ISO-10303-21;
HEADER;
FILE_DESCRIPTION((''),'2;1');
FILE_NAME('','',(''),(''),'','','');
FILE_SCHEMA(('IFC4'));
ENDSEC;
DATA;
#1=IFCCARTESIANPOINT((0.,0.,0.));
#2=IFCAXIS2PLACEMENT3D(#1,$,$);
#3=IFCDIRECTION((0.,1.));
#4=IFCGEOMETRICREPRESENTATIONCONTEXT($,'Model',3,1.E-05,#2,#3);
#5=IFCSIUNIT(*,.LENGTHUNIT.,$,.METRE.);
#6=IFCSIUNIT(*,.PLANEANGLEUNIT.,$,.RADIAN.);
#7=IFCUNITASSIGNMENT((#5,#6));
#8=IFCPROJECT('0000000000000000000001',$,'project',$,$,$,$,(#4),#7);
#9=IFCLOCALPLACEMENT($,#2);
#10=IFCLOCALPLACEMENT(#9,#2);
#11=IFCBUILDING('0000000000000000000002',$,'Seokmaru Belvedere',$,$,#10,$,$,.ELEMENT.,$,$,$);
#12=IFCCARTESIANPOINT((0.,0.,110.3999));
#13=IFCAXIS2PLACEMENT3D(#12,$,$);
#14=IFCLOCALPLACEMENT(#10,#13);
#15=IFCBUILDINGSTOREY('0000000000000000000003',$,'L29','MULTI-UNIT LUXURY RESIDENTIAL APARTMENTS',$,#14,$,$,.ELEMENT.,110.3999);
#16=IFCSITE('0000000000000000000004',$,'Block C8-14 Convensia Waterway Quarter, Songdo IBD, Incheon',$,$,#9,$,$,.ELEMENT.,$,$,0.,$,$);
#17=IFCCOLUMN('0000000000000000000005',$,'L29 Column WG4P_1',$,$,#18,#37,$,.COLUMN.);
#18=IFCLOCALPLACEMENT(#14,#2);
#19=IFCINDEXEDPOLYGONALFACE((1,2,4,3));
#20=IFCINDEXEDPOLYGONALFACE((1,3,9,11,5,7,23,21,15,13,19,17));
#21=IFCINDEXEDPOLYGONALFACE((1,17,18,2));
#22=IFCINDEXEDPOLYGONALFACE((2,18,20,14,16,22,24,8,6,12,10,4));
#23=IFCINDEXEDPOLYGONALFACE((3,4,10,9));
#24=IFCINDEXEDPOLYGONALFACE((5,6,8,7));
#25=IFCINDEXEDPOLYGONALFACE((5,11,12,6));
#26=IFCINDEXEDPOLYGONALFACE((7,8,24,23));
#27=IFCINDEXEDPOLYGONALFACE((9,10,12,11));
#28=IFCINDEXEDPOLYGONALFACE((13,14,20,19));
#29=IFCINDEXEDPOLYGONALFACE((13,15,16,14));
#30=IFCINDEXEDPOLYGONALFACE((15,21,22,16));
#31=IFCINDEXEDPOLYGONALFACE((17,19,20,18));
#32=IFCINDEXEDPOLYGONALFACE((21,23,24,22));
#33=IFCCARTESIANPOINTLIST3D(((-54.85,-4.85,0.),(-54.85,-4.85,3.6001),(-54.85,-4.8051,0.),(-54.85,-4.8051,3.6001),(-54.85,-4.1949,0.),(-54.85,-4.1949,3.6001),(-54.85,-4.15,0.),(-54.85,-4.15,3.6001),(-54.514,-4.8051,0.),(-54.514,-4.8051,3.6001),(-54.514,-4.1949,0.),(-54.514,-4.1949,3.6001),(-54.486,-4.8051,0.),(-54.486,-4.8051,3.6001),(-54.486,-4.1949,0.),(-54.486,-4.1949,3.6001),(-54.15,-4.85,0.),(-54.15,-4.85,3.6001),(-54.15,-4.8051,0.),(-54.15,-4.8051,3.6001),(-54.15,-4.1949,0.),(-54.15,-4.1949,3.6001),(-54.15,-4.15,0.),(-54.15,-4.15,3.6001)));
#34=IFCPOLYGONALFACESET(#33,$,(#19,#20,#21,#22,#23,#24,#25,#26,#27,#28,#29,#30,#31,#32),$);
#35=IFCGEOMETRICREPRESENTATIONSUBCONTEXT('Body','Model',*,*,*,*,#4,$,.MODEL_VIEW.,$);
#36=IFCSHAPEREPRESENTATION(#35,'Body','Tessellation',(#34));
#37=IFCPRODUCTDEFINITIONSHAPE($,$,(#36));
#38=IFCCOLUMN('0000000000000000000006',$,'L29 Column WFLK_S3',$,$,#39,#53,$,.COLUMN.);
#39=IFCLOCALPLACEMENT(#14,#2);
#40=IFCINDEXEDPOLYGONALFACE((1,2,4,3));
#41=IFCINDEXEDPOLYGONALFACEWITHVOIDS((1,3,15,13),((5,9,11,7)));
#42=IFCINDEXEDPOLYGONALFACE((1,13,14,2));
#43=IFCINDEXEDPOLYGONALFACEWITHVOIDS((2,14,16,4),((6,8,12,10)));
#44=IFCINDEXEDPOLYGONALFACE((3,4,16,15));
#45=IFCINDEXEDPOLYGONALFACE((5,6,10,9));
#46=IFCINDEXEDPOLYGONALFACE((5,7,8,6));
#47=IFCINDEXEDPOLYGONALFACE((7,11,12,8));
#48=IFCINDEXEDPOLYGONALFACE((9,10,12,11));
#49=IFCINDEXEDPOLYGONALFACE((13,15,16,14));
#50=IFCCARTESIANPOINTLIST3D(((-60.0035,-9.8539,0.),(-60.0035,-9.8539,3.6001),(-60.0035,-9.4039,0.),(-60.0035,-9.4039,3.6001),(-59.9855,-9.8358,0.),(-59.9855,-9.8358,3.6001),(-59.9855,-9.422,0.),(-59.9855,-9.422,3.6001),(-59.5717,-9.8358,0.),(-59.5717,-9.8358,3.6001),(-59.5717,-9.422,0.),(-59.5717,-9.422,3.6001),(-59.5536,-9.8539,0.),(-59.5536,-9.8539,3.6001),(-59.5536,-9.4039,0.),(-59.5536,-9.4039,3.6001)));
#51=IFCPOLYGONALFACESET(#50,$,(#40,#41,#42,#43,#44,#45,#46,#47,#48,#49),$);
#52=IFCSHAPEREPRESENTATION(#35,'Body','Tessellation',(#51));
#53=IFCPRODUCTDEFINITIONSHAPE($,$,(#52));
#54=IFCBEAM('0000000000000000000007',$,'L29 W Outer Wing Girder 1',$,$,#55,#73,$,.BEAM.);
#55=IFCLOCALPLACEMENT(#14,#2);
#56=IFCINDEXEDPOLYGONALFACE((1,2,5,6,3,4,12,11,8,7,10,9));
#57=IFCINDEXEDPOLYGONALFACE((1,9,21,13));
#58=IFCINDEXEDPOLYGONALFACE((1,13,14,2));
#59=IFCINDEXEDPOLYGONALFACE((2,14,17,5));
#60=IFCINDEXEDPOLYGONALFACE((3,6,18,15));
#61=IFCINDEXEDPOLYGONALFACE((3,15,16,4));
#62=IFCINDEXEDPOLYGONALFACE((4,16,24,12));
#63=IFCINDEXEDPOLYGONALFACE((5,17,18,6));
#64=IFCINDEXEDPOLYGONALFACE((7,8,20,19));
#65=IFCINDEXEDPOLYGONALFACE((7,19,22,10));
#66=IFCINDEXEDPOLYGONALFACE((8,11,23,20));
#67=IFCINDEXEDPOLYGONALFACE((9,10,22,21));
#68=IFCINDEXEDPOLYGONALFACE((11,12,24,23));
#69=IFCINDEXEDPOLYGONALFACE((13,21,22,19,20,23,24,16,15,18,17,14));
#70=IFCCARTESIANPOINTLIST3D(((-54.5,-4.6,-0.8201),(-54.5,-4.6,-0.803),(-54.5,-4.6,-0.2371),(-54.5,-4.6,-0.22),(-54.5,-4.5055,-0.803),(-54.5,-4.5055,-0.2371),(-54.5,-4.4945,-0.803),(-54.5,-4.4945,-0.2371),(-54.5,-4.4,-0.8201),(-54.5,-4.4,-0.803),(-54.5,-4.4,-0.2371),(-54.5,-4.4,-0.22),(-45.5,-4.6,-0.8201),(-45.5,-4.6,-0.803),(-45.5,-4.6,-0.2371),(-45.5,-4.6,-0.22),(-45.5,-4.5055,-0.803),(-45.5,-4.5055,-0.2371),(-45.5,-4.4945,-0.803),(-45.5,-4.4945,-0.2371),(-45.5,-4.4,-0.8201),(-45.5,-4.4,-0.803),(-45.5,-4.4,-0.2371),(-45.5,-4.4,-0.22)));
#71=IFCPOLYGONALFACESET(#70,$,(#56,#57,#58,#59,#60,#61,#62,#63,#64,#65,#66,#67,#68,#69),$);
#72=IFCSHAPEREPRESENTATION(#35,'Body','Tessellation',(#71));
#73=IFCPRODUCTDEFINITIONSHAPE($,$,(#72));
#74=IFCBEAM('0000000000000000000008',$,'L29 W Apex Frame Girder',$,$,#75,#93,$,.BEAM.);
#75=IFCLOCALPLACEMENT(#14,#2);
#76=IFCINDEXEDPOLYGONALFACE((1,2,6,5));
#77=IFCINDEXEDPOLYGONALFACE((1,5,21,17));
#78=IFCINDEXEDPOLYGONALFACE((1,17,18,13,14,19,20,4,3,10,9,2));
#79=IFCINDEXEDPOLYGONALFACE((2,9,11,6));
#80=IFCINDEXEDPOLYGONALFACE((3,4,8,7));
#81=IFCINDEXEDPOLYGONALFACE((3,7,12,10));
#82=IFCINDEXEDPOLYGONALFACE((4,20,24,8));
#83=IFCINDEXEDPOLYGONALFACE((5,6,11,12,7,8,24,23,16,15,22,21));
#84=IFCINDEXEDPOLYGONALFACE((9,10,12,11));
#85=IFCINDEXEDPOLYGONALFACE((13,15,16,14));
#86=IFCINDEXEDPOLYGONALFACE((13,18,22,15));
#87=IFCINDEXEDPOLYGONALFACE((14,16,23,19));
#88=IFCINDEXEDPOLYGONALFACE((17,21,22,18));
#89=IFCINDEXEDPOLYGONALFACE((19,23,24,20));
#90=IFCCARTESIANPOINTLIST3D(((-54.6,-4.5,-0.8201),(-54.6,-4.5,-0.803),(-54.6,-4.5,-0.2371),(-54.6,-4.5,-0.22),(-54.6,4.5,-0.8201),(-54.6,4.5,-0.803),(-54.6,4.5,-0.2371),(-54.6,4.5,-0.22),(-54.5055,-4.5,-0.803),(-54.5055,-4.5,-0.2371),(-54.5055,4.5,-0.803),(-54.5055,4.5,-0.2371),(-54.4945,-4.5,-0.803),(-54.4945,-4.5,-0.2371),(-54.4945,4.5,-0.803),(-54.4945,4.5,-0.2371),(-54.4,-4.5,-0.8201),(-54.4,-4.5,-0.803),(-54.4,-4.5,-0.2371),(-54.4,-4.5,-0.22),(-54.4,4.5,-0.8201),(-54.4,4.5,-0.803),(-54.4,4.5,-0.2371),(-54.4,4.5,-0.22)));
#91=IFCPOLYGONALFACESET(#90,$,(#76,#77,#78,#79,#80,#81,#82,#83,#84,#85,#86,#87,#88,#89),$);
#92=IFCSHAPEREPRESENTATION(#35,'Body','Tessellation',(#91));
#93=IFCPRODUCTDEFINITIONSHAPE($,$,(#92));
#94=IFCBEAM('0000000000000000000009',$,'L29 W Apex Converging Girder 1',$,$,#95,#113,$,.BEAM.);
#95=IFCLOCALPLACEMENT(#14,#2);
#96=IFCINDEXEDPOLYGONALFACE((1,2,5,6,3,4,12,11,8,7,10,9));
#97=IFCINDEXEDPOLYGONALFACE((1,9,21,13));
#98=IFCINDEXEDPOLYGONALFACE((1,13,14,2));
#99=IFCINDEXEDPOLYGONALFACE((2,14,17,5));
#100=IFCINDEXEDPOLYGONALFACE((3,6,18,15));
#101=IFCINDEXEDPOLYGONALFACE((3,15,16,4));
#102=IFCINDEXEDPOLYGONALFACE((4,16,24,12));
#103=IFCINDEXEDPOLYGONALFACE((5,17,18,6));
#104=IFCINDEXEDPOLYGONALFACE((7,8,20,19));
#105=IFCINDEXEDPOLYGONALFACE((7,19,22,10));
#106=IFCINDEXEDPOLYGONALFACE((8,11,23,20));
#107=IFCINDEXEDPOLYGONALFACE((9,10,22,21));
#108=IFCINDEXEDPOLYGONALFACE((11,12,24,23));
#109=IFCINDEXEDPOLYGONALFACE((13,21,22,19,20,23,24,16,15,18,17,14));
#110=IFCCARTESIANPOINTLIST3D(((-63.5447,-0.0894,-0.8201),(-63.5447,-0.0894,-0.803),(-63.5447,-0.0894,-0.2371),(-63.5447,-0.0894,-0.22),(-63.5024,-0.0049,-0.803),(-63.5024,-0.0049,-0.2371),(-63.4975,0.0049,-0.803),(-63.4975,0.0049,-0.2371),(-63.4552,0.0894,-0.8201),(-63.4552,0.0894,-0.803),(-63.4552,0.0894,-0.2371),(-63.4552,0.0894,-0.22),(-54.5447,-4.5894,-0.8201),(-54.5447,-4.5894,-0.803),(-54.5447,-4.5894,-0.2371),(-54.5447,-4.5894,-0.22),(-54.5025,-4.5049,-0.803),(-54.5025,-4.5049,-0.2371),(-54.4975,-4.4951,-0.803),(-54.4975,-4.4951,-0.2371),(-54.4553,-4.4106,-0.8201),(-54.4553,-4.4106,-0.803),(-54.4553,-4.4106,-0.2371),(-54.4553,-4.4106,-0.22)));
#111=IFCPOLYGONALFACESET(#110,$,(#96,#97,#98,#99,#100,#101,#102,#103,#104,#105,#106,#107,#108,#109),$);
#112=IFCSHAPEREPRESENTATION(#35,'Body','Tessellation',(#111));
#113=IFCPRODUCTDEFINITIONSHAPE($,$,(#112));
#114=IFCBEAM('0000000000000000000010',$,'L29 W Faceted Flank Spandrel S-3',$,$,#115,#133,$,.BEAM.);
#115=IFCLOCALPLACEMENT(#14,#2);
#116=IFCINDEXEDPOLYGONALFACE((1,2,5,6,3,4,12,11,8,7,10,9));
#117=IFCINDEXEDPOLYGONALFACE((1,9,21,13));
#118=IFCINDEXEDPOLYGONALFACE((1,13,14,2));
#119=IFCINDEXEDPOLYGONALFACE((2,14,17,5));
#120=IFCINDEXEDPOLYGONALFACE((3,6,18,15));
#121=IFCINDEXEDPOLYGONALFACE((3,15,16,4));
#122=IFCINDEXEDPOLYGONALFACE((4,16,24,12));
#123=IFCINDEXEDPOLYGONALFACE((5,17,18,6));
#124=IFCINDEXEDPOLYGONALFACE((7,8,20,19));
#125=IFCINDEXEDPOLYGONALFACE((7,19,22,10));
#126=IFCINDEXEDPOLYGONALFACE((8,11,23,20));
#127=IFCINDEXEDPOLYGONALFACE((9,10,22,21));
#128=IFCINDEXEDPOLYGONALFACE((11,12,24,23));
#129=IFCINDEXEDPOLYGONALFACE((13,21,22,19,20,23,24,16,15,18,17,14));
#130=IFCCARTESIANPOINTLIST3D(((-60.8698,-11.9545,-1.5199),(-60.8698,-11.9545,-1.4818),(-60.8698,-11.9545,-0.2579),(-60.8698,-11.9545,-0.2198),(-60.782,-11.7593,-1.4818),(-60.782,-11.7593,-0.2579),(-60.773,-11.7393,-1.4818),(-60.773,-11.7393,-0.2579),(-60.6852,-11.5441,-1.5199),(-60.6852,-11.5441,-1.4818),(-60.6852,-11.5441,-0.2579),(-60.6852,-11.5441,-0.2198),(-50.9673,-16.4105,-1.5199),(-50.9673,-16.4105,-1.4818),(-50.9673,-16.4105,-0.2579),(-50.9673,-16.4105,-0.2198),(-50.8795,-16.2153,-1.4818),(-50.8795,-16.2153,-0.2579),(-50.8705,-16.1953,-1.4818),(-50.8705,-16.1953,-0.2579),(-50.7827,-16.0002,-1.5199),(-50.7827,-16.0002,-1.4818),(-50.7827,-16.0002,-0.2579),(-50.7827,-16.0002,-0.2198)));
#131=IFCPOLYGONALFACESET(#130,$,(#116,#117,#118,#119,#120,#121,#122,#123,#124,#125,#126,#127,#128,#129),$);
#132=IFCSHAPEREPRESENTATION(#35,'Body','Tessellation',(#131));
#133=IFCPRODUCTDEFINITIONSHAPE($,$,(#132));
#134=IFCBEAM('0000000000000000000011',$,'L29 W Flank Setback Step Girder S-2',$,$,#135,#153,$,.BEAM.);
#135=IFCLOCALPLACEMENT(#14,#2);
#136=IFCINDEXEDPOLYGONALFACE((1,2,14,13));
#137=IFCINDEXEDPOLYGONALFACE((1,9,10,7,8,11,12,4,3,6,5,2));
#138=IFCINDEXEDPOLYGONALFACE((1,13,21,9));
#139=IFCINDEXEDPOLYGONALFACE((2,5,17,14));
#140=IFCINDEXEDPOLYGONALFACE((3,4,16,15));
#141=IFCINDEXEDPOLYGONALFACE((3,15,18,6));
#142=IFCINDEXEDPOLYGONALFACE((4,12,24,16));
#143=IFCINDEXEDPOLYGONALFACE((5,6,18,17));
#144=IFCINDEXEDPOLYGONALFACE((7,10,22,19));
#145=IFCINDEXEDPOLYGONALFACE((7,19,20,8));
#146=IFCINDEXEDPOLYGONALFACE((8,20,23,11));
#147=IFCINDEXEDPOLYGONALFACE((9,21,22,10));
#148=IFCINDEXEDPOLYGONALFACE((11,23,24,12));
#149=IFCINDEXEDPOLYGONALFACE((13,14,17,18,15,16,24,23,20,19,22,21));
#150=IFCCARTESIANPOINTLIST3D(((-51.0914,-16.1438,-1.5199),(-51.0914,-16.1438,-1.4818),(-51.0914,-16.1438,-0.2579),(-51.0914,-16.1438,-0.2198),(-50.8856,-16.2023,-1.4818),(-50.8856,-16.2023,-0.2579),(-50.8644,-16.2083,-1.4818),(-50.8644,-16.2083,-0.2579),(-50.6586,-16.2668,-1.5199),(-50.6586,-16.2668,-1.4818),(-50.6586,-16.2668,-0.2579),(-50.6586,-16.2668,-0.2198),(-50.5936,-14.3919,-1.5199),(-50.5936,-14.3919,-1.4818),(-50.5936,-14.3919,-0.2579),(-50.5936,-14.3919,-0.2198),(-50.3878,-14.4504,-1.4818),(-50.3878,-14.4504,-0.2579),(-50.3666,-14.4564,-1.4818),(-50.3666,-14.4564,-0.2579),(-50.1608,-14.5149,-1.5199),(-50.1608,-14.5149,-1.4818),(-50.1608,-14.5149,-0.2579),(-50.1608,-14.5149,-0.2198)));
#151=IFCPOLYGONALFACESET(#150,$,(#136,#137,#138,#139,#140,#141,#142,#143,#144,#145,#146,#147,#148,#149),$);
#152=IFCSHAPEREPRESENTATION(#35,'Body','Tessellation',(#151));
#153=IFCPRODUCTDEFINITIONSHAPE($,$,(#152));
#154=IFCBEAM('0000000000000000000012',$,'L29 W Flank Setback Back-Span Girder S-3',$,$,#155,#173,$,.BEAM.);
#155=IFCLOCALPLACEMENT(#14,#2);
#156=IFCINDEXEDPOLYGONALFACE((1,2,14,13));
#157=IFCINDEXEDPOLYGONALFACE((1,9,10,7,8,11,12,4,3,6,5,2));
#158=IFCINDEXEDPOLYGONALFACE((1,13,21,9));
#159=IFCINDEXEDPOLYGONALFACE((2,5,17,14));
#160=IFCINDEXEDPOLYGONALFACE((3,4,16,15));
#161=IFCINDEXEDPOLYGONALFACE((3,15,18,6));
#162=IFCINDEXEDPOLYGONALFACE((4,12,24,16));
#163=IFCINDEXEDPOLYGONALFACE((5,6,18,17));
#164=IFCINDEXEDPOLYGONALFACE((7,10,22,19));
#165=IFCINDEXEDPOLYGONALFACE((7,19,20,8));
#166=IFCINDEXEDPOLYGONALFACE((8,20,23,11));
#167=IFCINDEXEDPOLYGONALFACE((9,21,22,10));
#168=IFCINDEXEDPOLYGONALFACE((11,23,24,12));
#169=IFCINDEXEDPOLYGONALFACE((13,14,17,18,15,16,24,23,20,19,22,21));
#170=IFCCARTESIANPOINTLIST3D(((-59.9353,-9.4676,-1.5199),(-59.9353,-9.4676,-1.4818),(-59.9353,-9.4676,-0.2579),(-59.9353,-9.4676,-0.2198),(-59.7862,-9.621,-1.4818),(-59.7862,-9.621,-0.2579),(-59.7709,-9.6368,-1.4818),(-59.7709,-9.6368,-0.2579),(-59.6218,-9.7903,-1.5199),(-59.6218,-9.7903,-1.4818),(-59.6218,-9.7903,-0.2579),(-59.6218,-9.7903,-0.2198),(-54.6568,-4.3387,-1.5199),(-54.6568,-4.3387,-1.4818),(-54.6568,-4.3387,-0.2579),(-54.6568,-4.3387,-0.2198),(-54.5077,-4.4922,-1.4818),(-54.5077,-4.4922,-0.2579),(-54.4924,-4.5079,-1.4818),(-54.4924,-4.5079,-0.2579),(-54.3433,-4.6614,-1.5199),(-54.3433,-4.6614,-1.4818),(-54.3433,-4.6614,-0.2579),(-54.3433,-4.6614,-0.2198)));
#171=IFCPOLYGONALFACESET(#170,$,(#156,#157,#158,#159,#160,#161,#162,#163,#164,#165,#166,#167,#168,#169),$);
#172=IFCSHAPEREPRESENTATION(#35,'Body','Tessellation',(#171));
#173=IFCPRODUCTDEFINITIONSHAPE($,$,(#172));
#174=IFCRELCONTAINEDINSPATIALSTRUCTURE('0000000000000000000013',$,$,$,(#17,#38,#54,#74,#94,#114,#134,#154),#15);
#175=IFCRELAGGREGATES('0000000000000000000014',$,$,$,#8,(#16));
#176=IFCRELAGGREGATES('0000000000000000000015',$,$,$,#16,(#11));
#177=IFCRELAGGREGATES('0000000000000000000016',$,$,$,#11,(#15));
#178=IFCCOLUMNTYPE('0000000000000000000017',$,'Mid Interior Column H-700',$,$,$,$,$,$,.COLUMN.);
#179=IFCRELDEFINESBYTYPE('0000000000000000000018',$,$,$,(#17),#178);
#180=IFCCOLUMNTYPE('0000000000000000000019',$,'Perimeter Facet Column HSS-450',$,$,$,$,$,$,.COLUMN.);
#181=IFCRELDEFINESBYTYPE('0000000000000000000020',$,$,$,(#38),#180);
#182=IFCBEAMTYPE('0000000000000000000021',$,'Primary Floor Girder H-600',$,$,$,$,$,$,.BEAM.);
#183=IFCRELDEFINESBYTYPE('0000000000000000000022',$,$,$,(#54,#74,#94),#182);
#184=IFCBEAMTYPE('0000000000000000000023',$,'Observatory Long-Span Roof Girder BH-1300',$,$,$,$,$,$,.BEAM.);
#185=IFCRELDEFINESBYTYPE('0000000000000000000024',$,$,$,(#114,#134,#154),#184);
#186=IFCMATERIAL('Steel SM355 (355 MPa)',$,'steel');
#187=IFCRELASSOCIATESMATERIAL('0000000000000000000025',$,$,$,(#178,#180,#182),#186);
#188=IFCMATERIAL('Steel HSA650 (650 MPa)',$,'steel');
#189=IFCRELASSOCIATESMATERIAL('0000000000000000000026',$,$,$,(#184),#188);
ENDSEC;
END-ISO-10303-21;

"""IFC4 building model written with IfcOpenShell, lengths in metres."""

from ifc_helpers import new_model, si_unit, direction, frame, origin, origin_2d, place, context, subcontext, project, spatial, hollow_rectangle, i_section, extrude, source, transform, mapped, material, material_profile, profile_set, type_object, type_shapes, element, save


model = new_model("IFC4")

# Units and contexts
model_context = context("Model", 3, precision=1e-05, world=origin(), true_north=direction((0.0, 1.0)))
body_context = subcontext(model_context, "Body", "Model", "MODEL_VIEW")
ifc_project = project(units=[si_unit("LENGTHUNIT", "METRE"), si_unit("PLANEANGLEUNIT", "RADIAN")], contexts=[model_context])

# Site, building, storey
site_placement = place(None, origin())
site = spatial("IfcSite", under=ifc_project, at=site_placement, Name="Block C8-14 Convensia Waterway Quarter, Songdo IBD, Incheon", CompositionType="ELEMENT", RefElevation=0.0)
building_placement = place(site_placement, origin())
building = spatial("IfcBuilding", under=site, at=building_placement, Name="Seokmaru Belvedere", CompositionType="ELEMENT")
storey_placement = place(building_placement, frame((0.0, 0.0, 110.3999)))
storey = spatial("IfcBuildingStorey", under=building, at=storey_placement, Name="L29", Description="MULTI-UNIT LUXURY RESIDENTIAL APARTMENTS", CompositionType="ELEMENT", Elevation=110.3999)

# Columns
ifc_material_1 = material(Name="Steel SM355 (355 MPa)", Category="steel")
ifc_material_profile_1 = material_profile(ifc_material_1, i_section(OverallWidth=0.7, OverallDepth=0.7, WebThickness=0.0281, FlangeThickness=0.0449, at=origin_2d()), Name="H-700x700x28x45")
ifc_profile_set_1 = profile_set([ifc_material_profile_1], Name="Steel SM355 (355 MPa)")
column_type_1 = type_object("IfcColumnType", Name="Mid Interior Column H-700", PredefinedType="COLUMN", material=ifc_profile_set_1)
shared_shape_1 = source(origin(), body_context, "Body", "SweptSolid", [
    extrude(i_section(OverallWidth=0.7, OverallDepth=0.7, WebThickness=0.0281, FlangeThickness=0.0449, at=origin_2d()), origin(), (0.0, 0.0, 1.0), 3.6001),
])
type_shapes(column_type_1, [shared_shape_1])
column_1_placement = place(storey_placement, frame((-54.5, -4.5, 0.0), z_axis=(0.0, 0.0, 1.0), x_axis=(1.0, 0.0, 0.0)))
element("IfcColumn", 1, at=column_1_placement, inside=storey, type_object=column_type_1, Name="L29 Column WG4P_1", PredefinedType="COLUMN", context=body_context, shape_type="MappedRepresentation", body=[
    mapped(shared_shape_1, transform((0.0, 0.0, 0.0), scale=1.0)),
])
ifc_material_profile_2 = material_profile(ifc_material_1, hollow_rectangle(XDim=0.45, YDim=0.45, WallThickness=0.0181, at=origin_2d()), Name="HSS-450x450x18")
ifc_profile_set_2 = profile_set([ifc_material_profile_2], Name="Steel SM355 (355 MPa)")
column_type_2 = type_object("IfcColumnType", Name="Perimeter Facet Column HSS-450", PredefinedType="COLUMN", material=ifc_profile_set_2)
shared_shape_2 = source(origin(), body_context, "Body", "SweptSolid", [
    extrude(hollow_rectangle(XDim=0.45, YDim=0.45, WallThickness=0.0181, at=origin_2d()), origin(), (0.0, 0.0, 1.0), 3.6001),
])
type_shapes(column_type_2, [shared_shape_2])
column_2_placement = place(storey_placement, frame((-59.7786, -9.6289, 0.0), z_axis=(0.0, 0.0, 1.0), x_axis=(1.0, 0.0, 0.0)))
element("IfcColumn", 2, at=column_2_placement, inside=storey, type_object=column_type_2, Name="L29 Column WFLK_S3", PredefinedType="COLUMN", context=body_context, shape_type="MappedRepresentation", body=[
    mapped(shared_shape_2, transform((0.0, 0.0, 0.0), scale=1.0)),
])

# Beams
ifc_material_profile_3 = material_profile(ifc_material_1, i_section(OverallWidth=0.2, OverallDepth=0.6001, WebThickness=0.011, FlangeThickness=0.0171, at=origin_2d()), Name="H-600x200x11x17")
ifc_profile_set_3 = profile_set([ifc_material_profile_3], Name="Steel SM355 (355 MPa)")
beam_type_1 = type_object("IfcBeamType", Name="Primary Floor Girder H-600", PredefinedType="BEAM", material=ifc_profile_set_3)
shared_shape_3 = source(origin(), body_context, "Body", "SweptSolid", [
    extrude(i_section(OverallWidth=0.2, OverallDepth=0.6001, WebThickness=0.011, FlangeThickness=0.0171, at=origin_2d()), origin(), (0.0, 0.0, 1.0), 9.0),
])
for number, where, z_axis, x_axis, name in (
    (3, (-54.5, -4.5, -0.52), (1.0, 0.0, 0.0), (0.0, 1.0, 0.0), "L29 W Outer Wing Girder 1"),
    (4, (-54.5, -4.5, -0.52), (0.0, 1.0, 0.0), (-1.0, 0.0, 0.0), "L29 W Apex Frame Girder"),
):
    element("IfcBeam", number, at=place(storey_placement, frame(where, z_axis=z_axis, x_axis=x_axis)), inside=storey, type_object=beam_type_1, Name=name, PredefinedType="BEAM", context=body_context, shape_type="MappedRepresentation", body=[
        mapped(shared_shape_3, transform((0.0, 0.0, 0.0), scale=1.0)),
    ])
shared_shape_4 = source(origin(), body_context, "Body", "SweptSolid", [
    extrude(i_section(OverallWidth=0.2, OverallDepth=0.6001, WebThickness=0.011, FlangeThickness=0.0171, at=origin_2d()), origin(), (0.0, 0.0, 1.0), 10.0623),
])
type_shapes(beam_type_1, [shared_shape_3, shared_shape_4])
beam_1_placement = place(storey_placement, frame((-54.5, -4.5, -0.52), z_axis=(-0.894427, 0.447214, 0.0), x_axis=(-0.447214, -0.894427, 0.0)))
element("IfcBeam", 5, at=beam_1_placement, inside=storey, type_object=beam_type_1, Name="L29 W Apex Converging Girder 1", PredefinedType="BEAM", context=body_context, shape_type="MappedRepresentation", body=[
    mapped(shared_shape_4, transform((0.0, 0.0, 0.0), scale=1.0)),
])
ifc_material_2 = material(Name="Steel HSA650 (650 MPa)", Category="steel")
ifc_material_profile_4 = material_profile(ifc_material_2, i_section(OverallWidth=0.45, OverallDepth=1.3, WebThickness=0.022, FlangeThickness=0.0381, at=origin_2d()), Name="BH-1300x450x22x38")
ifc_profile_set_4 = profile_set([ifc_material_profile_4], Name="Steel HSA650 (650 MPa)")
beam_type_2 = type_object("IfcBeamType", Name="Observatory Long-Span Roof Girder BH-1300", PredefinedType="BEAM", material=ifc_profile_set_4)
shared_shape_5 = source(origin(), body_context, "Body", "SweptSolid", [
    extrude(i_section(OverallWidth=0.45, OverallDepth=1.3, WebThickness=0.022, FlangeThickness=0.0381, at=origin_2d()), origin(), (0.0, 0.0, 1.0), 10.8589),
])
beam_2_placement = place(storey_placement, frame((-50.875, -16.2053, -0.8699), z_axis=(-0.911925, 0.410356, 0.0), x_axis=(-0.410356, -0.911925, 0.0)))
element("IfcBeam", 6, at=beam_2_placement, inside=storey, type_object=beam_type_2, Name="L29 W Faceted Flank Spandrel S-3", PredefinedType="BEAM", context=body_context, shape_type="MappedRepresentation", body=[
    mapped(shared_shape_5, transform((0.0, 0.0, 0.0), scale=1.0)),
])
shared_shape_6 = source(origin(), body_context, "Body", "SweptSolid", [
    extrude(i_section(OverallWidth=0.45, OverallDepth=1.3, WebThickness=0.022, FlangeThickness=0.0381, at=origin_2d()), origin(), (0.0, 0.0, 1.0), 1.8213),
])
beam_3_placement = place(storey_placement, frame((-50.875, -16.2053, -0.8699), z_axis=(0.273322, 0.961923, 0.0), x_axis=(-0.961923, 0.273322, 0.0)))
element("IfcBeam", 7, at=beam_3_placement, inside=storey, type_object=beam_type_2, Name="L29 W Flank Setback Step Girder S-2", PredefinedType="BEAM", context=body_context, shape_type="MappedRepresentation", body=[
    mapped(shared_shape_6, transform((0.0, 0.0, 0.0), scale=1.0)),
])
shared_shape_7 = source(origin(), body_context, "Body", "SweptSolid", [
    extrude(i_section(OverallWidth=0.45, OverallDepth=1.3, WebThickness=0.022, FlangeThickness=0.0381, at=origin_2d()), origin(), (0.0, 0.0, 1.0), 7.3599),
])
type_shapes(beam_type_2, [shared_shape_5, shared_shape_6, shared_shape_7])
beam_4_placement = place(storey_placement, frame((-59.7786, -9.6289, -0.8699), z_axis=(0.717201, 0.696867, 0.0), x_axis=(-0.696867, 0.717201, 0.0)))
element("IfcBeam", 8, at=beam_4_placement, inside=storey, type_object=beam_type_2, Name="L29 W Flank Setback Back-Span Girder S-3", PredefinedType="BEAM", context=body_context, shape_type="MappedRepresentation", body=[
    mapped(shared_shape_7, transform((0.0, 0.0, 0.0), scale=1.0)),
])

save(model, "model.ifc")
